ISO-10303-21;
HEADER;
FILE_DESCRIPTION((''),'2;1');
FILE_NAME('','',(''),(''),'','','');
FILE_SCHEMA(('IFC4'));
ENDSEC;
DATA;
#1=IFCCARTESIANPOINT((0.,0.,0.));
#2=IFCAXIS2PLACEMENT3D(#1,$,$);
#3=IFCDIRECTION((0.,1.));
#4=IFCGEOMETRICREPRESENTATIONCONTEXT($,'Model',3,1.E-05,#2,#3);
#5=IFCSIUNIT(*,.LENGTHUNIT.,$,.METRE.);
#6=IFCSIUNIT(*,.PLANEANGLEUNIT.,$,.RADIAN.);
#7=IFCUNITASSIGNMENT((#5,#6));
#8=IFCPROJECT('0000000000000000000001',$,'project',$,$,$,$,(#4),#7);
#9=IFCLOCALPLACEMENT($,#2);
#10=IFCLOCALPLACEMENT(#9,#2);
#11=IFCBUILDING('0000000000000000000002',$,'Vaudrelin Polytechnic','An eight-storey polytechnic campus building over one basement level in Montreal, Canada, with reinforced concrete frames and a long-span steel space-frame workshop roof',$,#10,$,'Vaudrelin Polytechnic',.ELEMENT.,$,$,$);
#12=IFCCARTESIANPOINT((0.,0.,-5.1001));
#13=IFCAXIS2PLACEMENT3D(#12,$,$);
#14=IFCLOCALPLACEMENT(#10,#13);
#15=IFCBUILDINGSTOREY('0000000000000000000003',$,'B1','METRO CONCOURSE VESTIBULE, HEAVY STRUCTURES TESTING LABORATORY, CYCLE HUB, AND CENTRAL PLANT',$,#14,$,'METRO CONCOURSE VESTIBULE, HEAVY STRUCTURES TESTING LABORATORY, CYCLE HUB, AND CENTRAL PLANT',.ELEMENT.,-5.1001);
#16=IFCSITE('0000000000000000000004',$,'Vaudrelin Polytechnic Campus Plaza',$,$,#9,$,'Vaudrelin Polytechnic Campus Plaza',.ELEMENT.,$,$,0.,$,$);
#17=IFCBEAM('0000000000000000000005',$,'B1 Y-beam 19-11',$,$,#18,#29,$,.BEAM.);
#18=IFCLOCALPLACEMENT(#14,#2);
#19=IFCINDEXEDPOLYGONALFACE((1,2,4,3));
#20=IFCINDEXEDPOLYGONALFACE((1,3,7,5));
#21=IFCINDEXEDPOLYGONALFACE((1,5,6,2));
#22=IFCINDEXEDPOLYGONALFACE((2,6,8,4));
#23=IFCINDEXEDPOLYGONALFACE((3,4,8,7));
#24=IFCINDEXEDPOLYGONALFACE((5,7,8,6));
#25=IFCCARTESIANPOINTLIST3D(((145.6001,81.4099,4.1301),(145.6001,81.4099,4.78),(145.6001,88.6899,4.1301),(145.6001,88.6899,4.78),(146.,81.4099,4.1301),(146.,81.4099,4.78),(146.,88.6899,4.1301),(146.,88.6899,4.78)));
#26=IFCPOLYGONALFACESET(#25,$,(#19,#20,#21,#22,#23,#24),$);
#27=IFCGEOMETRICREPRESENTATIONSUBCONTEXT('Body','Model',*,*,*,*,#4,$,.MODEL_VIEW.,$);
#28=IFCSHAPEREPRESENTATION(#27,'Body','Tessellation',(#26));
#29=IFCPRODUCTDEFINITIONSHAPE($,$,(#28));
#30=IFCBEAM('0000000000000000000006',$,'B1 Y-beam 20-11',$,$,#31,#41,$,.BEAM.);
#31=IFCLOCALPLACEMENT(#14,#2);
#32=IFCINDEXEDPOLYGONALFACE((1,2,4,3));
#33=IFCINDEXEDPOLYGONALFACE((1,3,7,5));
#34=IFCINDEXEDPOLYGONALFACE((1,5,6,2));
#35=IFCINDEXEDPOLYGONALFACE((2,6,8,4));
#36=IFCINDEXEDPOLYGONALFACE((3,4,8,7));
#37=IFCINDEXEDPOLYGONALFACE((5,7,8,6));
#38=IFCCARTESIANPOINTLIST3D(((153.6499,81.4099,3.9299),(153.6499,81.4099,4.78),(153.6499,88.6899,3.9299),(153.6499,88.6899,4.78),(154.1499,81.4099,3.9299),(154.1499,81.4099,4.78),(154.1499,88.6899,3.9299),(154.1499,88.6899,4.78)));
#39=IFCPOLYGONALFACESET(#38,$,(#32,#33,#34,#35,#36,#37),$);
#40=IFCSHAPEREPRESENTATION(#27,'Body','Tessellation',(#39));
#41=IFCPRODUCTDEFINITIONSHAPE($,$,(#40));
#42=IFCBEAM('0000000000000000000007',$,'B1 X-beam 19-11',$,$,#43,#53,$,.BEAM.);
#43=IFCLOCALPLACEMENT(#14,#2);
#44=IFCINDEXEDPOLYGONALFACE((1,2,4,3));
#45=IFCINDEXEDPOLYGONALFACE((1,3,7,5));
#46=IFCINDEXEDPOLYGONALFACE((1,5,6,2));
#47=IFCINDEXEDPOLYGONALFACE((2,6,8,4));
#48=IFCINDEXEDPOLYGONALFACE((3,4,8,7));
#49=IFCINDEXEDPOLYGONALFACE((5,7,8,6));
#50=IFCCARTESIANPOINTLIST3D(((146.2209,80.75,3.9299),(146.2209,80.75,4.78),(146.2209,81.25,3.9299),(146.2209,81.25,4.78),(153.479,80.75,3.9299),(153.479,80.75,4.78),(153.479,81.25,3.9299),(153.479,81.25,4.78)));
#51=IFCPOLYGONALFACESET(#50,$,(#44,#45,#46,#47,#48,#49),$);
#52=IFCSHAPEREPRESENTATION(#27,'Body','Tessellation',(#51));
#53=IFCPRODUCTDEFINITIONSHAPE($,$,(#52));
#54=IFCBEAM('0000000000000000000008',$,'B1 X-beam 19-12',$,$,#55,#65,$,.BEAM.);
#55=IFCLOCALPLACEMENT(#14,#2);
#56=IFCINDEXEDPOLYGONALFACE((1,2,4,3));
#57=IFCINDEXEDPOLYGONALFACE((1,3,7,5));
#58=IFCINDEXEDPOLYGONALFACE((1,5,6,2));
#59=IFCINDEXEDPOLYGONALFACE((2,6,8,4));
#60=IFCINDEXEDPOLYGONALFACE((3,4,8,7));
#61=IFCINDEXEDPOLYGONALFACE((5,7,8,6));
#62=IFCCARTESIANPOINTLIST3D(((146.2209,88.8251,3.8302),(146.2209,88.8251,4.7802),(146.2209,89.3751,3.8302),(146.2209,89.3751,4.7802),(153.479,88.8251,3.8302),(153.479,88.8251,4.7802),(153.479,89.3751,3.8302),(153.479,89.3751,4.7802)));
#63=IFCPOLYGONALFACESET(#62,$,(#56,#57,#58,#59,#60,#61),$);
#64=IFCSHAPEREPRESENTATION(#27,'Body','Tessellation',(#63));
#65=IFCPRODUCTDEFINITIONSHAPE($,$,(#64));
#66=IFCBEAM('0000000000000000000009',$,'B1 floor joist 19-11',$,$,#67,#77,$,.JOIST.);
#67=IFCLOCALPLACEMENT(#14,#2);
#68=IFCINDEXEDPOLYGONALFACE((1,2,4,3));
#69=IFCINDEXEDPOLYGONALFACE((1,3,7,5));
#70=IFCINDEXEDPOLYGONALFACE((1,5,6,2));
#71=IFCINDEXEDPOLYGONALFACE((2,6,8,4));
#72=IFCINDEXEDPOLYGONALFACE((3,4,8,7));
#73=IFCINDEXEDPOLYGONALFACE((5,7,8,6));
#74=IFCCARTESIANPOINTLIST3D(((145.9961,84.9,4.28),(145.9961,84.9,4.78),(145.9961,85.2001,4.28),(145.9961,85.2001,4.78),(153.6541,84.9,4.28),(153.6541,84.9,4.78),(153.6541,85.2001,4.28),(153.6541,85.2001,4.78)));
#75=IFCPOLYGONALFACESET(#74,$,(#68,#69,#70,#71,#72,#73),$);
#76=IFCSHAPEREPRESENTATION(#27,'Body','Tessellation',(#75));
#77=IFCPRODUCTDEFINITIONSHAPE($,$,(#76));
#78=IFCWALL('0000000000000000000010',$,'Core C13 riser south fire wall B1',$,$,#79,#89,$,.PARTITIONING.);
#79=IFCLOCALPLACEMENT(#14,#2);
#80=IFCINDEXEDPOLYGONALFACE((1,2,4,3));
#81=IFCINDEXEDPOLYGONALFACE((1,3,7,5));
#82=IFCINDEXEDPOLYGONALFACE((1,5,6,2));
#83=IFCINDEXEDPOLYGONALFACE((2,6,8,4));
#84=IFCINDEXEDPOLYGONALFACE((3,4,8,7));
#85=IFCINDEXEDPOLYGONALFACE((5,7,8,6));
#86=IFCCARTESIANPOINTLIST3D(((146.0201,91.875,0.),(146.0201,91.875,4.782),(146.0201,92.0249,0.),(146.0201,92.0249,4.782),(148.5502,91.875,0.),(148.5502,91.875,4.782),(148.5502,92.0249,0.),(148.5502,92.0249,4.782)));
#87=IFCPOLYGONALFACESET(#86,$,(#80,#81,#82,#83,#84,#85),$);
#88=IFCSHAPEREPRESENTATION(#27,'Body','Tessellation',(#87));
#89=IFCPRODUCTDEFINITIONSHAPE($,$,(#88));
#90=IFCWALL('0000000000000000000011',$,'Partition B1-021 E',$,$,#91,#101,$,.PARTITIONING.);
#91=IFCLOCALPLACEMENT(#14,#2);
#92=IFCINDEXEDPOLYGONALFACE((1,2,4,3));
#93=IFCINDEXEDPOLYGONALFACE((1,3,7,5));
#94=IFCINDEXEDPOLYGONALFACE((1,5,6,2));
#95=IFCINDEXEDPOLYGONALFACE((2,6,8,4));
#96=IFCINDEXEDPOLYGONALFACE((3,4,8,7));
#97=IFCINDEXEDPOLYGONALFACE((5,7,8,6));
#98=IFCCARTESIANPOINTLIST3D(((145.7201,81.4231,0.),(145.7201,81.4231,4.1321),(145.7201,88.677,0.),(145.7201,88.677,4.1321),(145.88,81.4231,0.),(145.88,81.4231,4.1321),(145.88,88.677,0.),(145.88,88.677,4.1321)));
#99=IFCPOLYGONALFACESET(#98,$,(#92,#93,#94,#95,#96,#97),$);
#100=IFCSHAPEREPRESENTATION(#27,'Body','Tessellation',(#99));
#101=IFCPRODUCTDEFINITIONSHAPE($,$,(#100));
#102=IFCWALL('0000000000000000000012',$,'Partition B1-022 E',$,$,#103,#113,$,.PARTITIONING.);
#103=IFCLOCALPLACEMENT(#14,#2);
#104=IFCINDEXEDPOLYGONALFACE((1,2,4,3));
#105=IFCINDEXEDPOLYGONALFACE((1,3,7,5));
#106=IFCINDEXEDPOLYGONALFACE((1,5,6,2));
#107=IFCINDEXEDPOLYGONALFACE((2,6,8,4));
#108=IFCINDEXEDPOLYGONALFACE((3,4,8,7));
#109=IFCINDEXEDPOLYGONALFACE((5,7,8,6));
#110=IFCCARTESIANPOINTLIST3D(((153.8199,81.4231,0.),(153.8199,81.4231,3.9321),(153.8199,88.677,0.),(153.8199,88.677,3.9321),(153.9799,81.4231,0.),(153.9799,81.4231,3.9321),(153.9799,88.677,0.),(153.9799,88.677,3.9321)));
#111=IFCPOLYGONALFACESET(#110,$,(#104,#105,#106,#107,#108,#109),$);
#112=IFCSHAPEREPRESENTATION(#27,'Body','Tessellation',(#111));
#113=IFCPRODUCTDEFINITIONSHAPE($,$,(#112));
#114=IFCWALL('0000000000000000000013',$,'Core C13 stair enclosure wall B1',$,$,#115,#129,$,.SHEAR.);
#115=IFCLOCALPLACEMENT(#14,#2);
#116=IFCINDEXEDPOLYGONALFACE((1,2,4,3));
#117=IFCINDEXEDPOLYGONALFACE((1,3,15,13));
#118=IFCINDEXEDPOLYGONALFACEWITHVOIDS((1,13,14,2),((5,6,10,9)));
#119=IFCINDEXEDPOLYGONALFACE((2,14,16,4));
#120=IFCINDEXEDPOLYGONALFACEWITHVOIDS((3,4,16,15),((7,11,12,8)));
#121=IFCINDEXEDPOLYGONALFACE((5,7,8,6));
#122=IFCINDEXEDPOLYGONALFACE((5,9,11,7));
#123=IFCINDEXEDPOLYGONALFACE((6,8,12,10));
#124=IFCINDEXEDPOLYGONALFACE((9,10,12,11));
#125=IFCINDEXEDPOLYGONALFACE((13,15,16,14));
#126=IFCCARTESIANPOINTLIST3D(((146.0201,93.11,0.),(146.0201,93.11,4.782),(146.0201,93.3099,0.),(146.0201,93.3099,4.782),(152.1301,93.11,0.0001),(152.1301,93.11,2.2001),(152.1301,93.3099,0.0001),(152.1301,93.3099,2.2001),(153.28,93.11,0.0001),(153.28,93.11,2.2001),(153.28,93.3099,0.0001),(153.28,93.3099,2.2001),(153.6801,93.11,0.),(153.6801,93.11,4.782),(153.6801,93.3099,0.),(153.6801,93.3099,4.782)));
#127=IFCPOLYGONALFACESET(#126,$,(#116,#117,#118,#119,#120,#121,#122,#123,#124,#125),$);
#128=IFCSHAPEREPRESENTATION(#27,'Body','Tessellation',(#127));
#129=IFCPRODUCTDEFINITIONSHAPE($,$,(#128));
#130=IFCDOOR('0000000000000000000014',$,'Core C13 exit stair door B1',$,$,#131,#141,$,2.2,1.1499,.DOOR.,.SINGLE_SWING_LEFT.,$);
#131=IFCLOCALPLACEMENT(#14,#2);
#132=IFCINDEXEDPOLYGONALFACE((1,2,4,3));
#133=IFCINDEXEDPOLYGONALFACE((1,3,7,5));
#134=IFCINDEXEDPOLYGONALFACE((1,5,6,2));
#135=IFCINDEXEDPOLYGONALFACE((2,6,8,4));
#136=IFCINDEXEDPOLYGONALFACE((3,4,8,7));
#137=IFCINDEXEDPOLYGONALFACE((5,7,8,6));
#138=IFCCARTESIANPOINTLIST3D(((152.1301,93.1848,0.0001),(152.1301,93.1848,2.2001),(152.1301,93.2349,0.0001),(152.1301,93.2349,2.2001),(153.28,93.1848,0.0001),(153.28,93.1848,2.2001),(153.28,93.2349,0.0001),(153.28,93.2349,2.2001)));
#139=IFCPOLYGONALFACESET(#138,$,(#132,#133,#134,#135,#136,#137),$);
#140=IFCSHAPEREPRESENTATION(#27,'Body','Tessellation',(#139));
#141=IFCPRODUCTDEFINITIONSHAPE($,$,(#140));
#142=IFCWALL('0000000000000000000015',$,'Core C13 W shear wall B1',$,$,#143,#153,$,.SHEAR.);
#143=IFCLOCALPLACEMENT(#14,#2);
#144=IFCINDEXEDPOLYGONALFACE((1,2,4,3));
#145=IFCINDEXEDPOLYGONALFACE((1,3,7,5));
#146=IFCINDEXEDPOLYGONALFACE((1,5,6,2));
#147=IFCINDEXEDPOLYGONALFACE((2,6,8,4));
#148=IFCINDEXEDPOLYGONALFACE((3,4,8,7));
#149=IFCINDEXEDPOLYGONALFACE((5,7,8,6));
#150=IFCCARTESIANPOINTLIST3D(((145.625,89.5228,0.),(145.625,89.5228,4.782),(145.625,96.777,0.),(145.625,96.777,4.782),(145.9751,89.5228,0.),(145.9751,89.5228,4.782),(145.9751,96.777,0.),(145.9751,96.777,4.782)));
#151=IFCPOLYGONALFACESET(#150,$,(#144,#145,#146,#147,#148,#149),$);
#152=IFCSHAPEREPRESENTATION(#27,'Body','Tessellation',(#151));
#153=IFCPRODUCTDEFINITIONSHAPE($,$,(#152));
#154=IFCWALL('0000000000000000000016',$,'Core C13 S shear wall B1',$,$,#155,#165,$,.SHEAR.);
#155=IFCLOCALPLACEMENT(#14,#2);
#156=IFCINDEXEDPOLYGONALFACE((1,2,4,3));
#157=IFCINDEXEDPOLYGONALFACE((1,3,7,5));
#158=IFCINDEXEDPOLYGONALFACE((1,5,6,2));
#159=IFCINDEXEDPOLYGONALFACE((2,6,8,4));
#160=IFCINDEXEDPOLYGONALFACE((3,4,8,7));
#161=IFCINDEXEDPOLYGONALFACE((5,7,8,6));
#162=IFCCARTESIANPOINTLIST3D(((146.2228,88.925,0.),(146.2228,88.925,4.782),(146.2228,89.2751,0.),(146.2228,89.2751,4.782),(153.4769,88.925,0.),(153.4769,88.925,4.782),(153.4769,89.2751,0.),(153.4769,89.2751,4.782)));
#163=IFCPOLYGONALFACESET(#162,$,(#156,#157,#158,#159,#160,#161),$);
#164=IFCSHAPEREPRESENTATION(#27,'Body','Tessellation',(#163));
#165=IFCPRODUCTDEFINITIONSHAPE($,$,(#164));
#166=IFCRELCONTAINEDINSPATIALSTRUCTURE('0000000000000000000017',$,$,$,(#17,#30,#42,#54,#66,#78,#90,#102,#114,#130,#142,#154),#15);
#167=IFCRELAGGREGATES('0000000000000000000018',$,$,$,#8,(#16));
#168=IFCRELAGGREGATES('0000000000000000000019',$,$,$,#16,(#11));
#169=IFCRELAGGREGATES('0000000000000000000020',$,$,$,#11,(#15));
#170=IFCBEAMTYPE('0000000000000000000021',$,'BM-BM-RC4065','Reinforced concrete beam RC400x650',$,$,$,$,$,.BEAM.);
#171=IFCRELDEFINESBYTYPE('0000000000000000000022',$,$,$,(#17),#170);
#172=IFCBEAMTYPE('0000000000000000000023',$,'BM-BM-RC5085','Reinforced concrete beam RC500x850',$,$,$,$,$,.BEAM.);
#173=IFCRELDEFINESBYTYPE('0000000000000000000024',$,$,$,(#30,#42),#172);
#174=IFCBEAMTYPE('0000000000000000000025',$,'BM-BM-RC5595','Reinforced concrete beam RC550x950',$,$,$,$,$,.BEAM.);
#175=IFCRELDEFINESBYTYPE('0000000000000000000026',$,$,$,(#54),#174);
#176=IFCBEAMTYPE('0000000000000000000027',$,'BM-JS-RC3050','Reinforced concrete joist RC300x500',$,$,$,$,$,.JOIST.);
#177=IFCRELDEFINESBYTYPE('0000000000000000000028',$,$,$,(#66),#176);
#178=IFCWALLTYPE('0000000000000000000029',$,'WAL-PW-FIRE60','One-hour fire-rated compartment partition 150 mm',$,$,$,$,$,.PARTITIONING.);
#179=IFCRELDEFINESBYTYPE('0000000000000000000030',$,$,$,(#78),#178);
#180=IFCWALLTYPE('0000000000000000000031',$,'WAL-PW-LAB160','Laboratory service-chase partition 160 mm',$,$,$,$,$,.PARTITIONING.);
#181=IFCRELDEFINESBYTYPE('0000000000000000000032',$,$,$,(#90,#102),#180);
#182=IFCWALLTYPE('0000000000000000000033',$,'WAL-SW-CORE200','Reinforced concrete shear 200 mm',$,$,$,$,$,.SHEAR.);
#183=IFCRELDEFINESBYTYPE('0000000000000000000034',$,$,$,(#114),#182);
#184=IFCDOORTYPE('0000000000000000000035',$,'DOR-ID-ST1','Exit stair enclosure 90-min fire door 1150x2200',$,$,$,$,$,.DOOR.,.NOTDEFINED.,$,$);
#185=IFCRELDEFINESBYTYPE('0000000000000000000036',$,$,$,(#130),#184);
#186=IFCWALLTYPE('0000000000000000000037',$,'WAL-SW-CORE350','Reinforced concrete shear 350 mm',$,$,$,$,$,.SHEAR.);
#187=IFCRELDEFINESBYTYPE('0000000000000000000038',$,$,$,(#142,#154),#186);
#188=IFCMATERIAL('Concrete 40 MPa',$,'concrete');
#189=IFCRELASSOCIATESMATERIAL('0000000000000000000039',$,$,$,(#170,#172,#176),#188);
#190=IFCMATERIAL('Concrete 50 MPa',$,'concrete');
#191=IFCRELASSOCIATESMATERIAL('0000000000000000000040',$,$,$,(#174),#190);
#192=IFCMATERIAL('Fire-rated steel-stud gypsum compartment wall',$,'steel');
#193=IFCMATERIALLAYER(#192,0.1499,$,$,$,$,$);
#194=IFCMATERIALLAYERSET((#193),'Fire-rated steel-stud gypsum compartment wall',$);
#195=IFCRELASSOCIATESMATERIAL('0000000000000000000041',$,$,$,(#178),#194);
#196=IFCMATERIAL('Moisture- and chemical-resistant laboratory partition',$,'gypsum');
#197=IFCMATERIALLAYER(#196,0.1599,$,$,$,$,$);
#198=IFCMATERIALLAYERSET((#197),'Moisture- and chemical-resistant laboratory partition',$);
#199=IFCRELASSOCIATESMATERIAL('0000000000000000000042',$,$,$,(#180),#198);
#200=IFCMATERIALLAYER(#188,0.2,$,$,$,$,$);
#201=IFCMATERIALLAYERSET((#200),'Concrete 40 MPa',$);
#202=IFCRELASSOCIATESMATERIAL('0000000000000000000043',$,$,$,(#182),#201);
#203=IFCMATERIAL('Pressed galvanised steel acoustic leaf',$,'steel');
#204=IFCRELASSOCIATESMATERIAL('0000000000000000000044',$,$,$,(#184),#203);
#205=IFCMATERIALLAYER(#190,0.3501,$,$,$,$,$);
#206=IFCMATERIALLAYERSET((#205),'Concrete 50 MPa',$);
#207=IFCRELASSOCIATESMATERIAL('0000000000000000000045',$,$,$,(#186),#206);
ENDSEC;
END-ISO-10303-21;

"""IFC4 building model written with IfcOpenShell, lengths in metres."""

from ifc_helpers import new_model, si_unit, direction, frame, frame_2d, origin, origin_2d, place, context, subcontext, project, spatial, rectangle, extrude, material, layer, layer_set, material_profile, profile_set, type_object, element, fill, save


model = new_model("IFC4")

# Units and contexts
model_context = context("Model", 3, precision=1e-05, world=origin(), true_north=direction((0.0, 1.0)))
body_context = subcontext(model_context, "Body", "Model", "MODEL_VIEW")
ifc_project = project(units=[si_unit("LENGTHUNIT", "METRE"), si_unit("PLANEANGLEUNIT", "RADIAN")], contexts=[model_context])

# Site, building, storey
site_placement = place(None, origin())
site = spatial("IfcSite", under=ifc_project, at=site_placement, Name="Vaudrelin Polytechnic Campus Plaza", LongName="Vaudrelin Polytechnic Campus Plaza", CompositionType="ELEMENT", RefElevation=0.0)
building_placement = place(site_placement, origin())
building = spatial("IfcBuilding", under=site, at=building_placement, Name="Vaudrelin Polytechnic", Description="An eight-storey polytechnic campus building over one basement level in Montreal, Canada, with reinforced concrete frames and a long-span steel space-frame workshop roof", LongName="Vaudrelin Polytechnic", CompositionType="ELEMENT")
storey_placement = place(building_placement, frame((0.0, 0.0, -5.1001)))
storey = spatial("IfcBuildingStorey", under=building, at=storey_placement, Name="B1", Description="METRO CONCOURSE VESTIBULE, HEAVY STRUCTURES TESTING LABORATORY, CYCLE HUB, AND CENTRAL PLANT", LongName="METRO CONCOURSE VESTIBULE, HEAVY STRUCTURES TESTING LABORATORY, CYCLE HUB, AND CENTRAL PLANT", CompositionType="ELEMENT", Elevation=-5.1001)

# Shared definitions
ifc_material_1 = material(Name="Concrete 40 MPa", Category="concrete")

# Shared definitions
ifc_material_2 = material(Name="Concrete 50 MPa", Category="concrete")

# Beams
ifc_material_profile_1 = material_profile(ifc_material_1, rectangle(XDim=0.3999, YDim=0.6499, at=origin_2d()), Name="RC400x650")
ifc_profile_set_1 = profile_set([ifc_material_profile_1], Name="Concrete 40 MPa")
beam_type_1 = type_object("IfcBeamType", Name="BM-BM-RC4065", Description="Reinforced concrete beam RC400x650", PredefinedType="BEAM", material=ifc_profile_set_1)
beam_1_placement = place(storey_placement, frame((145.8, 81.4099, 4.4551), z_axis=(0.0, 1.0, 0.0), x_axis=(-1.0, 0.0, 0.0)))
element("IfcBeam", 1, at=beam_1_placement, inside=storey, type_object=beam_type_1, Name="B1 Y-beam 19-11", PredefinedType="BEAM", context=body_context, shape_type="SweptSolid", body=[
    extrude(rectangle(XDim=0.3999, YDim=0.6499, at=origin_2d()), origin(), (0.0, 0.0, 1.0), 7.28),
])
ifc_material_profile_2 = material_profile(ifc_material_1, rectangle(XDim=0.5, YDim=0.8501, at=origin_2d()), Name="RC500x850")
ifc_profile_set_2 = profile_set([ifc_material_profile_2], Name="Concrete 40 MPa")
beam_type_2 = type_object("IfcBeamType", Name="BM-BM-RC5085", Description="Reinforced concrete beam RC500x850", PredefinedType="BEAM", material=ifc_profile_set_2)
beam_2_placement = place(storey_placement, frame((153.8999, 81.4099, 4.355), z_axis=(0.0, 1.0, 0.0), x_axis=(-1.0, 0.0, 0.0)))
element("IfcBeam", 2, at=beam_2_placement, inside=storey, type_object=beam_type_2, Name="B1 Y-beam 20-11", PredefinedType="BEAM", context=body_context, shape_type="SweptSolid", body=[
    extrude(rectangle(XDim=0.5, YDim=0.8501, at=origin_2d()), origin(), (0.0, 0.0, 1.0), 7.28),
])
beam_3_placement = place(storey_placement, frame((146.2209, 81.0, 4.355), z_axis=(1.0, 0.0, 0.0), x_axis=(0.0, 1.0, 0.0)))
element("IfcBeam", 3, at=beam_3_placement, inside=storey, type_object=beam_type_2, Name="B1 X-beam 19-11", PredefinedType="BEAM", context=body_context, shape_type="SweptSolid", body=[
    extrude(rectangle(XDim=0.5, YDim=0.8501, at=origin_2d()), origin(), (0.0, 0.0, 1.0), 7.2581),
])
ifc_material_profile_3 = material_profile(ifc_material_2, rectangle(XDim=0.55, YDim=0.95, at=origin_2d()), Name="RC550x950")
ifc_profile_set_3 = profile_set([ifc_material_profile_3], Name="Concrete 50 MPa")
beam_type_3 = type_object("IfcBeamType", Name="BM-BM-RC5595", Description="Reinforced concrete beam RC550x950", PredefinedType="BEAM", material=ifc_profile_set_3)
beam_4_placement = place(storey_placement, frame((146.2209, 89.1001, 4.3052), z_axis=(1.0, 0.0, 0.0), x_axis=(0.0, 1.0, 0.0)))
element("IfcBeam", 4, at=beam_4_placement, inside=storey, type_object=beam_type_3, Name="B1 X-beam 19-12", PredefinedType="BEAM", context=body_context, shape_type="SweptSolid", body=[
    extrude(rectangle(XDim=0.55, YDim=0.95, at=origin_2d()), origin(), (0.0, 0.0, 1.0), 7.2581),
])
ifc_material_profile_4 = material_profile(ifc_material_1, rectangle(XDim=0.3, YDim=0.5, at=origin_2d()), Name="RC300x500")
ifc_profile_set_4 = profile_set([ifc_material_profile_4], Name="Concrete 40 MPa")
beam_type_4 = type_object("IfcBeamType", Name="BM-JS-RC3050", Description="Reinforced concrete joist RC300x500", PredefinedType="JOIST", material=ifc_profile_set_4)
beam_5_placement = place(storey_placement, frame((145.9961, 85.05, 4.53), z_axis=(1.0, 0.0, 0.0), x_axis=(0.0, 1.0, 0.0)))
element("IfcBeam", 5, at=beam_5_placement, inside=storey, type_object=beam_type_4, Name="B1 floor joist 19-11", PredefinedType="JOIST", context=body_context, shape_type="SweptSolid", body=[
    extrude(rectangle(XDim=0.3, YDim=0.5, at=origin_2d()), origin(), (0.0, 0.0, 1.0), 7.658),
])

# Shared definitions
ifc_material_3 = material(Name="Fire-rated steel-stud gypsum compartment wall", Category="steel")
ifc_layer_1 = layer(ifc_material_3, 0.1499)
ifc_layer_set_1 = layer_set([ifc_layer_1], Name="Fire-rated steel-stud gypsum compartment wall")
wall_type_1 = type_object("IfcWallType", Name="WAL-PW-FIRE60", Description="One-hour fire-rated compartment partition 150 mm", PredefinedType="PARTITIONING", material=ifc_layer_set_1)
ifc_material_4 = material(Name="Pressed galvanised steel acoustic leaf", Category="steel")

# Wall
wall_1_placement = place(storey_placement, frame((146.02, 91.95, 0.0), z_axis=(0.0, 0.0, 1.0), x_axis=(1.0, 0.0, 0.0)))
element("IfcWall", 6, at=wall_1_placement, inside=storey, type_object=wall_type_1, Name="Core C13 riser south fire wall B1", PredefinedType="PARTITIONING", context=body_context, shape_type="SweptSolid", body=[
    extrude(rectangle(XDim=2.53, YDim=0.1499, at=frame_2d((1.2651, 0.0))), origin(), (0.0, 0.0, 1.0), 4.782),
])

# Walls
ifc_material_5 = material(Name="Moisture- and chemical-resistant laboratory partition", Category="gypsum")
ifc_layer_2 = layer(ifc_material_5, 0.1599)
ifc_layer_set_2 = layer_set([ifc_layer_2], Name="Moisture- and chemical-resistant laboratory partition")
wall_type_2 = type_object("IfcWallType", Name="WAL-PW-LAB160", Description="Laboratory service-chase partition 160 mm", PredefinedType="PARTITIONING", material=ifc_layer_set_2)
wall_2_placement = place(storey_placement, frame((145.8, 81.4231, 0.0), z_axis=(0.0, 0.0, 1.0), x_axis=(0.0, 1.0, 0.0)))
element("IfcWall", 7, at=wall_2_placement, inside=storey, type_object=wall_type_2, Name="Partition B1-021 E", PredefinedType="PARTITIONING", context=body_context, shape_type="SweptSolid", body=[
    extrude(rectangle(XDim=7.2539, YDim=0.1599, at=frame_2d((3.627, 0.0))), origin(), (0.0, 0.0, 1.0), 4.1321),
])
wall_3_placement = place(storey_placement, frame((153.8999, 81.4231, 0.0), z_axis=(0.0, 0.0, 1.0), x_axis=(0.0, 1.0, 0.0)))
element("IfcWall", 8, at=wall_3_placement, inside=storey, type_object=wall_type_2, Name="Partition B1-022 E", PredefinedType="PARTITIONING", context=body_context, shape_type="SweptSolid", body=[
    extrude(rectangle(XDim=7.2539, YDim=0.1599, at=frame_2d((3.627, 0.0))), origin(), (0.0, 0.0, 1.0), 3.9321),
])

# Wall, opening, door
ifc_layer_3 = layer(ifc_material_1, 0.2)
ifc_layer_set_3 = layer_set([ifc_layer_3], Name="Concrete 40 MPa")
wall_type_3 = type_object("IfcWallType", Name="WAL-SW-CORE200", Description="Reinforced concrete shear 200 mm", PredefinedType="SHEAR", material=ifc_layer_set_3)
wall_4_placement = place(storey_placement, frame((146.02, 93.21, 0.0), z_axis=(0.0, 0.0, 1.0), x_axis=(1.0, 0.0, 0.0)))
wall_4 = element("IfcWall", 9, at=wall_4_placement, inside=storey, type_object=wall_type_3, Name="Core C13 stair enclosure wall B1", PredefinedType="SHEAR", context=body_context, shape_type="SweptSolid", body=[
    extrude(rectangle(XDim=7.6599, YDim=0.2, at=frame_2d((3.8301, 0.0))), origin(), (0.0, 0.0, 1.0), 4.782),
])
opening_1_placement = place(wall_4_placement, frame((6.1101, 0.0, 0.0)))
opening_1 = element("IfcOpeningElement", 10, at=opening_1_placement, cuts=wall_4, PredefinedType="OPENING", context=body_context, shape_type="SweptSolid", body=[
    extrude(rectangle(XDim=1.1499, YDim=2.2, at=frame_2d((0.575, 1.1001))), frame((0.0, 0.1099, 0.0), z_axis=(0.0, -1.0, 0.0), x_axis=(1.0, 0.0, 0.0)), (0.0, 0.0, 1.0), 0.22),
])
door_type_1 = type_object("IfcDoorType", Name="DOR-ID-ST1", Description="Exit stair enclosure 90-min fire door 1150x2200", OperationType="NOTDEFINED", PredefinedType="DOOR", material=ifc_material_4)
door_1_placement = place(opening_1_placement, origin())
door_1 = element("IfcDoor", 11, at=door_1_placement, inside=storey, type_object=door_type_1, Name="Core C13 exit stair door B1", OperationType="SINGLE_SWING_LEFT", OverallHeight=2.2, OverallWidth=1.1499, PredefinedType="DOOR", context=body_context, shape_type="SweptSolid", body=[
    extrude(rectangle(XDim=1.1499, YDim=2.2, at=frame_2d((0.575, 1.1001))), frame((0.0, 0.0249, 0.0), z_axis=(0.0, -1.0, 0.0), x_axis=(1.0, 0.0, 0.0)), (0.0, 0.0, 1.0), 0.05),
])
fill(opening_1, door_1)

# Walls
ifc_layer_4 = layer(ifc_material_2, 0.3501)
ifc_layer_set_4 = layer_set([ifc_layer_4], Name="Concrete 50 MPa")
wall_type_4 = type_object("IfcWallType", Name="WAL-SW-CORE350", Description="Reinforced concrete shear 350 mm", PredefinedType="SHEAR", material=ifc_layer_set_4)
for number, where, z_axis, x_axis, name in (
    (12, (145.8, 89.5229, 0.0), (0.0, 0.0, 1.0), (0.0, 1.0, 0.0), "Core C13 W shear wall B1"),
    (13, (146.2229, 89.1001, 0.0), (0.0, 0.0, 1.0), (1.0, 0.0, 0.0), "Core C13 S shear wall B1"),
):
    element("IfcWall", number, at=place(storey_placement, frame(where, z_axis=z_axis, x_axis=x_axis)), inside=storey, type_object=wall_type_4, Name=name, PredefinedType="SHEAR", context=body_context, shape_type="SweptSolid", body=[
        extrude(rectangle(XDim=7.2542, YDim=0.3501, at=frame_2d((3.627, 0.0))), origin(), (0.0, 0.0, 1.0), 4.782),
    ])

save(model, "model.ifc")
